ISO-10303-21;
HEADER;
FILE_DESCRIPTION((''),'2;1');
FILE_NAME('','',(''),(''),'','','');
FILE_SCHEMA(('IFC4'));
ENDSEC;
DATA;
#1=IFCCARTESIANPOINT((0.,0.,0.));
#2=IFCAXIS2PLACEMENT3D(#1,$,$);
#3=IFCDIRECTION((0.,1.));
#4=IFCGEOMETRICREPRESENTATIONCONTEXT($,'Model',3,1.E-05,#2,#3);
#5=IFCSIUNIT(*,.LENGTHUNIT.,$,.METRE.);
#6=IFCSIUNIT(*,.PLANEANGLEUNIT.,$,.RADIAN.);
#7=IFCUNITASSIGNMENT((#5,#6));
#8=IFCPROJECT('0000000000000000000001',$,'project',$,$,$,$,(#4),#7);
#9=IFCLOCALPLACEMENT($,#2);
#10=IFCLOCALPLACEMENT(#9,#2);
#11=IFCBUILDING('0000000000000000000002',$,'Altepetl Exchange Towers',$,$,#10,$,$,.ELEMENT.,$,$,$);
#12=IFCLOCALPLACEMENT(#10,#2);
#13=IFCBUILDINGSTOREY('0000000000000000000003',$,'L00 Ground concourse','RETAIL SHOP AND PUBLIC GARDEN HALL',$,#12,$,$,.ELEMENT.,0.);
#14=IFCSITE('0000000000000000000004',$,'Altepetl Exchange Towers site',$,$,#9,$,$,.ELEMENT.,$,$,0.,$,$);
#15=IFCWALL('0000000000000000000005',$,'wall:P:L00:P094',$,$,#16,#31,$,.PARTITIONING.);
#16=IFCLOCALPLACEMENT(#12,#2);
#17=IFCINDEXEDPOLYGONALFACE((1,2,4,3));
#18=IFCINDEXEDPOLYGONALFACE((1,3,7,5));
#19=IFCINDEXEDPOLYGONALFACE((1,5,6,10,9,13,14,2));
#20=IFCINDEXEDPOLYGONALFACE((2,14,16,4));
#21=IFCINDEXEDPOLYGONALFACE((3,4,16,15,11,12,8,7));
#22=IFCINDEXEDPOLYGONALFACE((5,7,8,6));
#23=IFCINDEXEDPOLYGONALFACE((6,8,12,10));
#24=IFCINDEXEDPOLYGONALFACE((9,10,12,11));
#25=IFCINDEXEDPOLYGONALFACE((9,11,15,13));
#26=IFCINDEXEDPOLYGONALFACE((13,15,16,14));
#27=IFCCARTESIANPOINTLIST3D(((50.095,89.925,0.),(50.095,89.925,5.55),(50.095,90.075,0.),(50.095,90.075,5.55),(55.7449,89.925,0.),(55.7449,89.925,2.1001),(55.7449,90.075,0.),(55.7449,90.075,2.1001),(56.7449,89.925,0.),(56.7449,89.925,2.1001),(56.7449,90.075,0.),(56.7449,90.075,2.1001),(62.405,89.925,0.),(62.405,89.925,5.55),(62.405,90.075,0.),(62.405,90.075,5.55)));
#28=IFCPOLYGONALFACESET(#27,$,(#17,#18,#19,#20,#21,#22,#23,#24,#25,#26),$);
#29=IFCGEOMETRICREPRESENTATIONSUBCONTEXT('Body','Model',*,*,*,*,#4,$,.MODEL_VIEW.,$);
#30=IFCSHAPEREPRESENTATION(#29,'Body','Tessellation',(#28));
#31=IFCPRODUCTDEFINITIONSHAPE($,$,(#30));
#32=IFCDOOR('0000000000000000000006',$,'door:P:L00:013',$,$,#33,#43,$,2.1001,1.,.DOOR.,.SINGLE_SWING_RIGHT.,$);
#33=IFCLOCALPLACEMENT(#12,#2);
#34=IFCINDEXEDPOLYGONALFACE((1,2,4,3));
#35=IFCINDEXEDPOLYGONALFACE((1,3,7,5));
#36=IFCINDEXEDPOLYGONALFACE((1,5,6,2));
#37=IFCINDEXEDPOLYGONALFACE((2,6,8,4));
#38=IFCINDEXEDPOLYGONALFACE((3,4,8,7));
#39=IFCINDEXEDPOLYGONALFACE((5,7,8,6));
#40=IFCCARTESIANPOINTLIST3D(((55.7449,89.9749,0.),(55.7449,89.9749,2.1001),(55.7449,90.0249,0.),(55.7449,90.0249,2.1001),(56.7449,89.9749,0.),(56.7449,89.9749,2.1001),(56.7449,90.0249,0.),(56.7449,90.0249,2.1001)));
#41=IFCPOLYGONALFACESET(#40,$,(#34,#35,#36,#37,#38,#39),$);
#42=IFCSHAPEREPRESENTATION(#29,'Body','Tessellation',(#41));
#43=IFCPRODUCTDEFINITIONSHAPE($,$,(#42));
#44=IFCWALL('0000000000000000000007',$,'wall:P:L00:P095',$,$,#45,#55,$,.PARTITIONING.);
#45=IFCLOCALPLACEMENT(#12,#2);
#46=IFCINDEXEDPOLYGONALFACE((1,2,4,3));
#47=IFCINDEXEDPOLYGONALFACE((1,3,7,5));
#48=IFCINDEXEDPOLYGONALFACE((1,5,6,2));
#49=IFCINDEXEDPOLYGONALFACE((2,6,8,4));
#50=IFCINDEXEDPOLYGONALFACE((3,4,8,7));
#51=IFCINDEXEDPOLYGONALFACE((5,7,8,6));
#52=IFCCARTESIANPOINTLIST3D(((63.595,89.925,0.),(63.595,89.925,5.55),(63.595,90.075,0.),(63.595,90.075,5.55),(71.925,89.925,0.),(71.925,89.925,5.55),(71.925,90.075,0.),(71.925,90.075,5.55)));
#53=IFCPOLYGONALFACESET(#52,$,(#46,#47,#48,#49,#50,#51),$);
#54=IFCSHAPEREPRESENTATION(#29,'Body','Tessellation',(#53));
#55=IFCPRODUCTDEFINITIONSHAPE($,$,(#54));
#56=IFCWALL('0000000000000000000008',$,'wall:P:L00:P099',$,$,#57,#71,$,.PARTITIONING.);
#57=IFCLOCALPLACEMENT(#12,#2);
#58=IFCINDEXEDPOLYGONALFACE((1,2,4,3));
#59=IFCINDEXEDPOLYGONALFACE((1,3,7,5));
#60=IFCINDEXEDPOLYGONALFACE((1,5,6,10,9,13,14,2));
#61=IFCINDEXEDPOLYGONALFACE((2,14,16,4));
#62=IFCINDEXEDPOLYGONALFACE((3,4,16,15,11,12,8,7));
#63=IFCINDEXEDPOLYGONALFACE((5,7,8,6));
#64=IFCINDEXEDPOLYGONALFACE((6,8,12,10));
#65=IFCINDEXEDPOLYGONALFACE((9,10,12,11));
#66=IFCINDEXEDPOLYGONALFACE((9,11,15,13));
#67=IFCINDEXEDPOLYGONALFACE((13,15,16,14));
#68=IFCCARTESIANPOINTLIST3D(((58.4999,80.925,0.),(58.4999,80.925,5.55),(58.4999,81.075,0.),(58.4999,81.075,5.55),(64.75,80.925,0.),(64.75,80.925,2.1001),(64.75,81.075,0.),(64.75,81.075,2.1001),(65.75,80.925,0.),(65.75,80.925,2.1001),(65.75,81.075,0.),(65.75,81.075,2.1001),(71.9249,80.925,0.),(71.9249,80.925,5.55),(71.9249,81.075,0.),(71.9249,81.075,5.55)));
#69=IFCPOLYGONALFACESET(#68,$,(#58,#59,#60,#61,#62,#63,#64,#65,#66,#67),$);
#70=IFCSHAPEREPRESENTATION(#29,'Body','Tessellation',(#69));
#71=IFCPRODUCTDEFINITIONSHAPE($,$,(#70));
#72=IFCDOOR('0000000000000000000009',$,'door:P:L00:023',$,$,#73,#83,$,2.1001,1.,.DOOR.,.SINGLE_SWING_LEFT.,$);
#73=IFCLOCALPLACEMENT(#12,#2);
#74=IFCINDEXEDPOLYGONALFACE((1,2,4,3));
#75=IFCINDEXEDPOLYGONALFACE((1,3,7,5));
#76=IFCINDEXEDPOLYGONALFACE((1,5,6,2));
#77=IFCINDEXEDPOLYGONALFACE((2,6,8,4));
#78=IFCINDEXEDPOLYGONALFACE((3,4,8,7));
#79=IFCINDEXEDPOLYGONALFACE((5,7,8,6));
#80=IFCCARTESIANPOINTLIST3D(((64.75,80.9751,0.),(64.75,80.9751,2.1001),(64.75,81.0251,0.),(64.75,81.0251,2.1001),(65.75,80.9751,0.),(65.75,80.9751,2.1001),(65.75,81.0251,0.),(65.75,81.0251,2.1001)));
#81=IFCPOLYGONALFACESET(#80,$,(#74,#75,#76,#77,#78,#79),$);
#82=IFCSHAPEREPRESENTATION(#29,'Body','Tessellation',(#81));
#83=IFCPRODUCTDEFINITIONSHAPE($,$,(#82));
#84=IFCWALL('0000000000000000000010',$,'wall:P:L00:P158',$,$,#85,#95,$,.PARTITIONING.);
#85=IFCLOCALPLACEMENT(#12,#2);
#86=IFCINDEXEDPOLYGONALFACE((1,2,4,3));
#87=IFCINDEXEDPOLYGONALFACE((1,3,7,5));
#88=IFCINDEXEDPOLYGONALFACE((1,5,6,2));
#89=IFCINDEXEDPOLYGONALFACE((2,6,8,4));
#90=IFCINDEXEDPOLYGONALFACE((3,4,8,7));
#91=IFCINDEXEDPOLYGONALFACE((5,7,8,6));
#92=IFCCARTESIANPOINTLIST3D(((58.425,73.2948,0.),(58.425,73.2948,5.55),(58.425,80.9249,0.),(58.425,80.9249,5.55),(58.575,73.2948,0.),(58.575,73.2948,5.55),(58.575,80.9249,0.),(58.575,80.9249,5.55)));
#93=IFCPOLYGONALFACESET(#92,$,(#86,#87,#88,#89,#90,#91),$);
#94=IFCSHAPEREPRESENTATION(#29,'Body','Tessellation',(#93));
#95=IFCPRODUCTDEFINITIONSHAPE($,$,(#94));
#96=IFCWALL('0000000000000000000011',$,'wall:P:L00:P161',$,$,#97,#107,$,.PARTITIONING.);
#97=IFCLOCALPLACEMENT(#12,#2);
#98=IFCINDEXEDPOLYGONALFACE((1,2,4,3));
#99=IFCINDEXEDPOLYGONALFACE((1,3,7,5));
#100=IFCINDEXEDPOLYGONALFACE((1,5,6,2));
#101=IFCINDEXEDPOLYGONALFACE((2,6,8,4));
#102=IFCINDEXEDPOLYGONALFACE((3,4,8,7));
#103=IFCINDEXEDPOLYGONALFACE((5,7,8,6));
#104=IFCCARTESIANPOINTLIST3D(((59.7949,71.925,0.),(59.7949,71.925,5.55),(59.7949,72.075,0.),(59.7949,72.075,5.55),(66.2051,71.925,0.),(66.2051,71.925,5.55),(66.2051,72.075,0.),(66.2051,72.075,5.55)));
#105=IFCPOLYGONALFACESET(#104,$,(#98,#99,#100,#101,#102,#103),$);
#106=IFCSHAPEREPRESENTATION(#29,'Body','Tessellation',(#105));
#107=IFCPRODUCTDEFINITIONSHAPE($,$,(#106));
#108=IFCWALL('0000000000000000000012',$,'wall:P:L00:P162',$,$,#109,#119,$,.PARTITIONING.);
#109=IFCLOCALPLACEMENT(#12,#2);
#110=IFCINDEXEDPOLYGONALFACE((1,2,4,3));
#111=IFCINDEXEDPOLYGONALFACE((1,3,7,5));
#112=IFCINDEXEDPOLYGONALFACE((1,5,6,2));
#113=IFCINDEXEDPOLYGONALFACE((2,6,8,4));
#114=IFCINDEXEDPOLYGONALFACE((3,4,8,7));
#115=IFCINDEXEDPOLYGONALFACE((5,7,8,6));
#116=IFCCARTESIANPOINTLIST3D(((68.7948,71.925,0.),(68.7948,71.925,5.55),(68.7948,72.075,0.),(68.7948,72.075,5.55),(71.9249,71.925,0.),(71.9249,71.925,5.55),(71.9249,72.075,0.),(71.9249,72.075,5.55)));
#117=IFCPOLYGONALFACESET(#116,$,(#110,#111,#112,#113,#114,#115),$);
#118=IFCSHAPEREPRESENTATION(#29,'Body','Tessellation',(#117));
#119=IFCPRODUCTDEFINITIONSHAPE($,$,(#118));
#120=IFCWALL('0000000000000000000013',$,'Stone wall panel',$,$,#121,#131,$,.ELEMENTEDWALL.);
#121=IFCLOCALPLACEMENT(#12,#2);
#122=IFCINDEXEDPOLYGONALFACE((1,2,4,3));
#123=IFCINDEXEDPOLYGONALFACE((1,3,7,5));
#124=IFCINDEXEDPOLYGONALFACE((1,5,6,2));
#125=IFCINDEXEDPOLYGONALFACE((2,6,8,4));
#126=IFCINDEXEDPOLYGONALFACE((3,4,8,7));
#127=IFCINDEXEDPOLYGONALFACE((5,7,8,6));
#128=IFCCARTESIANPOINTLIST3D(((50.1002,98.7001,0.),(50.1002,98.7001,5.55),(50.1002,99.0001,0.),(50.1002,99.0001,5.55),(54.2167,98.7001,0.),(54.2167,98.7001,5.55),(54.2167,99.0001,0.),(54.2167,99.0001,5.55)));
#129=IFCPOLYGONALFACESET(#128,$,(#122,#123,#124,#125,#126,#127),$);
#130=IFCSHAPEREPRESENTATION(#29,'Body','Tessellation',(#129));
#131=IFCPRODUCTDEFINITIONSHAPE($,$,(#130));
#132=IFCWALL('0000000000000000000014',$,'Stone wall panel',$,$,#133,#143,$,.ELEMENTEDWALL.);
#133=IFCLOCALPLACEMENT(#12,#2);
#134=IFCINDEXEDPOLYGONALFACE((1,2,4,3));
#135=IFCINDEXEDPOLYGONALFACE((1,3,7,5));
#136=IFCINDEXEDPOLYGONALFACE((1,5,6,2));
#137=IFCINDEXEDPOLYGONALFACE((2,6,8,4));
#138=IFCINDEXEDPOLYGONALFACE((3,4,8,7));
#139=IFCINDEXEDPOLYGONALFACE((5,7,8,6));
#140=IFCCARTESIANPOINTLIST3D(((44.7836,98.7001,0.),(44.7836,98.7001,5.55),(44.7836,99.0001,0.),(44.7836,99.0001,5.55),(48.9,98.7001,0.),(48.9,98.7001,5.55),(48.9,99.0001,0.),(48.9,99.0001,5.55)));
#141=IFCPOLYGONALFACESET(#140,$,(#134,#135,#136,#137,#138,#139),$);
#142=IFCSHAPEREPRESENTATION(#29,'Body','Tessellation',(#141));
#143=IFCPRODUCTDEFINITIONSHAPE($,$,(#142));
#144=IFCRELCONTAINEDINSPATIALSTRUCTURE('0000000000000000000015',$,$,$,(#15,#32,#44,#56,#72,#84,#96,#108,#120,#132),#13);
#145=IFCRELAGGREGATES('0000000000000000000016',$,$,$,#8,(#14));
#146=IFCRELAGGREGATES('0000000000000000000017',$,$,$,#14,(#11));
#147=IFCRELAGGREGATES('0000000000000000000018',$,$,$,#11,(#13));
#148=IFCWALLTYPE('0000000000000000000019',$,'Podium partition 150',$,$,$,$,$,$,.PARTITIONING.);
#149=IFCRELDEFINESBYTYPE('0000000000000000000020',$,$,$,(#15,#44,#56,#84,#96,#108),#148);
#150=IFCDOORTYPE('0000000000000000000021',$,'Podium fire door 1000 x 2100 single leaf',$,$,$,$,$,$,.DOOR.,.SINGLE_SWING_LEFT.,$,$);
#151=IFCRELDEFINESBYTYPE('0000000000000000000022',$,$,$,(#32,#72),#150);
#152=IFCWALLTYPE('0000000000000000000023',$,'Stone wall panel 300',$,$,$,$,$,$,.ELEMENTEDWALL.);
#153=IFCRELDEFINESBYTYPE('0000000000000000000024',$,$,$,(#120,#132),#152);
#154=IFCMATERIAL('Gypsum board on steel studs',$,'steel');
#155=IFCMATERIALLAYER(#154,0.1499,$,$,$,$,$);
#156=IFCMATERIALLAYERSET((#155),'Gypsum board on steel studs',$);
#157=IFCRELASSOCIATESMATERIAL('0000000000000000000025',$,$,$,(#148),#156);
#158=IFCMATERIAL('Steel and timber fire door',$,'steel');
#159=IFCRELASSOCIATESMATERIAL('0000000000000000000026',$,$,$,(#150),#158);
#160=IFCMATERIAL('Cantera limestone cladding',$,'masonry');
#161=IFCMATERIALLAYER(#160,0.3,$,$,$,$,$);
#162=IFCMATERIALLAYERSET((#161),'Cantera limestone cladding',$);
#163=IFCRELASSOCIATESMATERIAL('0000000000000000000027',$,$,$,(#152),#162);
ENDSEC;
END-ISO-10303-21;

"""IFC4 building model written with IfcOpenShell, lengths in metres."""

from ifc_helpers import new_model, si_unit, direction, frame, frame_2d, origin, place, context, subcontext, project, spatial, rectangle, extrude, material, layer, layer_set, type_object, element, fill, save


model = new_model("IFC4")

# Units and contexts
model_context = context("Model", 3, precision=1e-05, world=origin(), true_north=direction((0.0, 1.0)))
body_context = subcontext(model_context, "Body", "Model", "MODEL_VIEW")
ifc_project = project(units=[si_unit("LENGTHUNIT", "METRE"), si_unit("PLANEANGLEUNIT", "RADIAN")], contexts=[model_context])

# Site, building, storey
site_placement = place(None, origin())
site = spatial("IfcSite", under=ifc_project, at=site_placement, Name="Altepetl Exchange Towers site", CompositionType="ELEMENT", RefElevation=0.0)
building_placement = place(site_placement, origin())
building = spatial("IfcBuilding", under=site, at=building_placement, Name="Altepetl Exchange Towers", CompositionType="ELEMENT")
storey_placement = place(building_placement, origin())
storey = spatial("IfcBuildingStorey", under=building, at=storey_placement, Name="L00 Ground concourse", Description="RETAIL SHOP AND PUBLIC GARDEN HALL", CompositionType="ELEMENT", Elevation=0.0)

# Shared definitions
ifc_material_1 = material(Name="Gypsum board on steel studs", Category="steel")
ifc_layer_1 = layer(ifc_material_1, 0.1499)
ifc_layer_set_1 = layer_set([ifc_layer_1], Name="Gypsum board on steel studs")
wall_type_1 = type_object("IfcWallType", Name="Podium partition 150", PredefinedType="PARTITIONING", material=ifc_layer_set_1)

# Wall, opening, door
wall_1_placement = place(storey_placement, frame((50.095, 90.0, 0.0)))
wall_1 = element("IfcWall", 1, at=wall_1_placement, inside=storey, type_object=wall_type_1, Name="wall:P:L00:P094", PredefinedType="PARTITIONING", context=body_context, shape_type="SweptSolid", body=[
    extrude(rectangle(XDim=12.3101, YDim=0.1499, at=frame_2d((6.155, 0.0))), origin(), (0.0, 0.0, 1.0), 5.55),
])
opening_1_placement = place(wall_1_placement, frame((5.6499, 0.0, 0.0)))
opening_1 = element("IfcOpeningElement", 2, at=opening_1_placement, cuts=wall_1, PredefinedType="OPENING", context=body_context, shape_type="SweptSolid", body=[
    extrude(rectangle(XDim=1.0, YDim=2.1001, at=frame_2d((0.5, 1.05))), frame((0.0, 0.085, 0.0), z_axis=(0.0, -1.0, 0.0), x_axis=(1.0, 0.0, 0.0)), (0.0, 0.0, 1.0), 0.1699),
])
ifc_material_2 = material(Name="Steel and timber fire door", Category="steel")
door_type_1 = type_object("IfcDoorType", Name="Podium fire door 1000 x 2100 single leaf", OperationType="SINGLE_SWING_LEFT", PredefinedType="DOOR", material=ifc_material_2)
door_1_placement = place(opening_1_placement, origin())
door_1 = element("IfcDoor", 3, at=door_1_placement, inside=storey, type_object=door_type_1, Name="door:P:L00:013", OperationType="SINGLE_SWING_RIGHT", OverallHeight=2.1001, OverallWidth=1.0, PredefinedType="DOOR", context=body_context, shape_type="SweptSolid", body=[
    extrude(rectangle(XDim=1.0, YDim=2.1001, at=frame_2d((0.5, 1.05))), frame((0.0, 0.0249, 0.0), z_axis=(0.0, -1.0, 0.0), x_axis=(1.0, 0.0, 0.0)), (0.0, 0.0, 1.0), 0.05),
])
fill(opening_1, door_1)

# Wall
wall_2_placement = place(storey_placement, frame((63.595, 90.0, 0.0)))
element("IfcWall", 4, at=wall_2_placement, inside=storey, type_object=wall_type_1, Name="wall:P:L00:P095", PredefinedType="PARTITIONING", context=body_context, shape_type="SweptSolid", body=[
    extrude(rectangle(XDim=8.3301, YDim=0.1499, at=frame_2d((4.165, 0.0))), origin(), (0.0, 0.0, 1.0), 5.55),
])

# Wall, opening, door
wall_3_placement = place(storey_placement, frame((58.5, 81.0, 0.0)))
wall_3 = element("IfcWall", 5, at=wall_3_placement, inside=storey, type_object=wall_type_1, Name="wall:P:L00:P099", PredefinedType="PARTITIONING", context=body_context, shape_type="SweptSolid", body=[
    extrude(rectangle(XDim=13.425, YDim=0.1499, at=frame_2d((6.7124, 0.0))), origin(), (0.0, 0.0, 1.0), 5.55),
])
opening_2_placement = place(wall_3_placement, frame((6.25, 0.0, 0.0)))
opening_2 = element("IfcOpeningElement", 6, at=opening_2_placement, cuts=wall_3, PredefinedType="OPENING", context=body_context, shape_type="SweptSolid", body=[
    extrude(rectangle(XDim=1.0, YDim=2.1001, at=frame_2d((0.5, 1.05))), frame((0.0, 0.085, 0.0), z_axis=(0.0, -1.0, 0.0), x_axis=(1.0, 0.0, 0.0)), (0.0, 0.0, 1.0), 0.1699),
])
door_2_placement = place(opening_2_placement, frame((1.0, 0.0, 0.0), x_axis=(-1.0, 0.0, 0.0)))
door_2 = element("IfcDoor", 7, at=door_2_placement, inside=storey, type_object=door_type_1, Name="door:P:L00:023", OperationType="SINGLE_SWING_LEFT", OverallHeight=2.1001, OverallWidth=1.0, PredefinedType="DOOR", context=body_context, shape_type="SweptSolid", body=[
    extrude(rectangle(XDim=1.0, YDim=2.1001, at=frame_2d((0.5, 1.05))), frame((0.0, 0.0249, 0.0), z_axis=(0.0, -1.0, 0.0), x_axis=(1.0, 0.0, 0.0)), (0.0, 0.0, 1.0), 0.05),
])
fill(opening_2, door_2)

# Walls
wall_4_placement = place(storey_placement, frame((58.5, 73.2949, 0.0), z_axis=(0.0, 0.0, 1.0), x_axis=(0.0, 1.0, 0.0)))
element("IfcWall", 8, at=wall_4_placement, inside=storey, type_object=wall_type_1, Name="wall:P:L00:P158", PredefinedType="PARTITIONING", context=body_context, shape_type="SweptSolid", body=[
    extrude(rectangle(XDim=7.6301, YDim=0.1499, at=frame_2d((3.8149, 0.0))), origin(), (0.0, 0.0, 1.0), 5.55),
])
wall_5_placement = place(storey_placement, frame((59.7949, 72.0, 0.0)))
element("IfcWall", 9, at=wall_5_placement, inside=storey, type_object=wall_type_1, Name="wall:P:L00:P161", PredefinedType="PARTITIONING", context=body_context, shape_type="SweptSolid", body=[
    extrude(rectangle(XDim=6.4102, YDim=0.1499, at=frame_2d((3.2051, 0.0))), origin(), (0.0, 0.0, 1.0), 5.55),
])
wall_6_placement = place(storey_placement, frame((68.7949, 72.0, 0.0)))
element("IfcWall", 10, at=wall_6_placement, inside=storey, type_object=wall_type_1, Name="wall:P:L00:P162", PredefinedType="PARTITIONING", context=body_context, shape_type="SweptSolid", body=[
    extrude(rectangle(XDim=3.1301, YDim=0.1499, at=frame_2d((1.5649, 0.0))), origin(), (0.0, 0.0, 1.0), 5.55),
])
ifc_material_3 = material(Name="Cantera limestone cladding", Category="masonry")
ifc_layer_2 = layer(ifc_material_3, 0.3)
ifc_layer_set_2 = layer_set([ifc_layer_2], Name="Cantera limestone cladding")
wall_type_2 = type_object("IfcWallType", Name="Stone wall panel 300", PredefinedType="ELEMENTEDWALL", material=ifc_layer_set_2)
for number, where, z_axis, x_axis, name in (
    (11, (54.2166, 98.8501, 0.0), (0.0, 0.0, 1.0), (-1.0, 0.0, 0.0), "Stone wall panel"),
    (12, (48.8999, 98.8501, 0.0), (0.0, 0.0, 1.0), (-1.0, 0.0, 0.0), "Stone wall panel"),
):
    element("IfcWall", number, at=place(storey_placement, frame(where, z_axis=z_axis, x_axis=x_axis)), inside=storey, type_object=wall_type_2, Name=name, PredefinedType="ELEMENTEDWALL", context=body_context, shape_type="SweptSolid", body=[
        extrude(rectangle(XDim=4.1165, YDim=0.3, at=frame_2d((2.0581, 0.0))), origin(), (0.0, 0.0, 1.0), 5.55),
    ])

save(model, "model.ifc")
